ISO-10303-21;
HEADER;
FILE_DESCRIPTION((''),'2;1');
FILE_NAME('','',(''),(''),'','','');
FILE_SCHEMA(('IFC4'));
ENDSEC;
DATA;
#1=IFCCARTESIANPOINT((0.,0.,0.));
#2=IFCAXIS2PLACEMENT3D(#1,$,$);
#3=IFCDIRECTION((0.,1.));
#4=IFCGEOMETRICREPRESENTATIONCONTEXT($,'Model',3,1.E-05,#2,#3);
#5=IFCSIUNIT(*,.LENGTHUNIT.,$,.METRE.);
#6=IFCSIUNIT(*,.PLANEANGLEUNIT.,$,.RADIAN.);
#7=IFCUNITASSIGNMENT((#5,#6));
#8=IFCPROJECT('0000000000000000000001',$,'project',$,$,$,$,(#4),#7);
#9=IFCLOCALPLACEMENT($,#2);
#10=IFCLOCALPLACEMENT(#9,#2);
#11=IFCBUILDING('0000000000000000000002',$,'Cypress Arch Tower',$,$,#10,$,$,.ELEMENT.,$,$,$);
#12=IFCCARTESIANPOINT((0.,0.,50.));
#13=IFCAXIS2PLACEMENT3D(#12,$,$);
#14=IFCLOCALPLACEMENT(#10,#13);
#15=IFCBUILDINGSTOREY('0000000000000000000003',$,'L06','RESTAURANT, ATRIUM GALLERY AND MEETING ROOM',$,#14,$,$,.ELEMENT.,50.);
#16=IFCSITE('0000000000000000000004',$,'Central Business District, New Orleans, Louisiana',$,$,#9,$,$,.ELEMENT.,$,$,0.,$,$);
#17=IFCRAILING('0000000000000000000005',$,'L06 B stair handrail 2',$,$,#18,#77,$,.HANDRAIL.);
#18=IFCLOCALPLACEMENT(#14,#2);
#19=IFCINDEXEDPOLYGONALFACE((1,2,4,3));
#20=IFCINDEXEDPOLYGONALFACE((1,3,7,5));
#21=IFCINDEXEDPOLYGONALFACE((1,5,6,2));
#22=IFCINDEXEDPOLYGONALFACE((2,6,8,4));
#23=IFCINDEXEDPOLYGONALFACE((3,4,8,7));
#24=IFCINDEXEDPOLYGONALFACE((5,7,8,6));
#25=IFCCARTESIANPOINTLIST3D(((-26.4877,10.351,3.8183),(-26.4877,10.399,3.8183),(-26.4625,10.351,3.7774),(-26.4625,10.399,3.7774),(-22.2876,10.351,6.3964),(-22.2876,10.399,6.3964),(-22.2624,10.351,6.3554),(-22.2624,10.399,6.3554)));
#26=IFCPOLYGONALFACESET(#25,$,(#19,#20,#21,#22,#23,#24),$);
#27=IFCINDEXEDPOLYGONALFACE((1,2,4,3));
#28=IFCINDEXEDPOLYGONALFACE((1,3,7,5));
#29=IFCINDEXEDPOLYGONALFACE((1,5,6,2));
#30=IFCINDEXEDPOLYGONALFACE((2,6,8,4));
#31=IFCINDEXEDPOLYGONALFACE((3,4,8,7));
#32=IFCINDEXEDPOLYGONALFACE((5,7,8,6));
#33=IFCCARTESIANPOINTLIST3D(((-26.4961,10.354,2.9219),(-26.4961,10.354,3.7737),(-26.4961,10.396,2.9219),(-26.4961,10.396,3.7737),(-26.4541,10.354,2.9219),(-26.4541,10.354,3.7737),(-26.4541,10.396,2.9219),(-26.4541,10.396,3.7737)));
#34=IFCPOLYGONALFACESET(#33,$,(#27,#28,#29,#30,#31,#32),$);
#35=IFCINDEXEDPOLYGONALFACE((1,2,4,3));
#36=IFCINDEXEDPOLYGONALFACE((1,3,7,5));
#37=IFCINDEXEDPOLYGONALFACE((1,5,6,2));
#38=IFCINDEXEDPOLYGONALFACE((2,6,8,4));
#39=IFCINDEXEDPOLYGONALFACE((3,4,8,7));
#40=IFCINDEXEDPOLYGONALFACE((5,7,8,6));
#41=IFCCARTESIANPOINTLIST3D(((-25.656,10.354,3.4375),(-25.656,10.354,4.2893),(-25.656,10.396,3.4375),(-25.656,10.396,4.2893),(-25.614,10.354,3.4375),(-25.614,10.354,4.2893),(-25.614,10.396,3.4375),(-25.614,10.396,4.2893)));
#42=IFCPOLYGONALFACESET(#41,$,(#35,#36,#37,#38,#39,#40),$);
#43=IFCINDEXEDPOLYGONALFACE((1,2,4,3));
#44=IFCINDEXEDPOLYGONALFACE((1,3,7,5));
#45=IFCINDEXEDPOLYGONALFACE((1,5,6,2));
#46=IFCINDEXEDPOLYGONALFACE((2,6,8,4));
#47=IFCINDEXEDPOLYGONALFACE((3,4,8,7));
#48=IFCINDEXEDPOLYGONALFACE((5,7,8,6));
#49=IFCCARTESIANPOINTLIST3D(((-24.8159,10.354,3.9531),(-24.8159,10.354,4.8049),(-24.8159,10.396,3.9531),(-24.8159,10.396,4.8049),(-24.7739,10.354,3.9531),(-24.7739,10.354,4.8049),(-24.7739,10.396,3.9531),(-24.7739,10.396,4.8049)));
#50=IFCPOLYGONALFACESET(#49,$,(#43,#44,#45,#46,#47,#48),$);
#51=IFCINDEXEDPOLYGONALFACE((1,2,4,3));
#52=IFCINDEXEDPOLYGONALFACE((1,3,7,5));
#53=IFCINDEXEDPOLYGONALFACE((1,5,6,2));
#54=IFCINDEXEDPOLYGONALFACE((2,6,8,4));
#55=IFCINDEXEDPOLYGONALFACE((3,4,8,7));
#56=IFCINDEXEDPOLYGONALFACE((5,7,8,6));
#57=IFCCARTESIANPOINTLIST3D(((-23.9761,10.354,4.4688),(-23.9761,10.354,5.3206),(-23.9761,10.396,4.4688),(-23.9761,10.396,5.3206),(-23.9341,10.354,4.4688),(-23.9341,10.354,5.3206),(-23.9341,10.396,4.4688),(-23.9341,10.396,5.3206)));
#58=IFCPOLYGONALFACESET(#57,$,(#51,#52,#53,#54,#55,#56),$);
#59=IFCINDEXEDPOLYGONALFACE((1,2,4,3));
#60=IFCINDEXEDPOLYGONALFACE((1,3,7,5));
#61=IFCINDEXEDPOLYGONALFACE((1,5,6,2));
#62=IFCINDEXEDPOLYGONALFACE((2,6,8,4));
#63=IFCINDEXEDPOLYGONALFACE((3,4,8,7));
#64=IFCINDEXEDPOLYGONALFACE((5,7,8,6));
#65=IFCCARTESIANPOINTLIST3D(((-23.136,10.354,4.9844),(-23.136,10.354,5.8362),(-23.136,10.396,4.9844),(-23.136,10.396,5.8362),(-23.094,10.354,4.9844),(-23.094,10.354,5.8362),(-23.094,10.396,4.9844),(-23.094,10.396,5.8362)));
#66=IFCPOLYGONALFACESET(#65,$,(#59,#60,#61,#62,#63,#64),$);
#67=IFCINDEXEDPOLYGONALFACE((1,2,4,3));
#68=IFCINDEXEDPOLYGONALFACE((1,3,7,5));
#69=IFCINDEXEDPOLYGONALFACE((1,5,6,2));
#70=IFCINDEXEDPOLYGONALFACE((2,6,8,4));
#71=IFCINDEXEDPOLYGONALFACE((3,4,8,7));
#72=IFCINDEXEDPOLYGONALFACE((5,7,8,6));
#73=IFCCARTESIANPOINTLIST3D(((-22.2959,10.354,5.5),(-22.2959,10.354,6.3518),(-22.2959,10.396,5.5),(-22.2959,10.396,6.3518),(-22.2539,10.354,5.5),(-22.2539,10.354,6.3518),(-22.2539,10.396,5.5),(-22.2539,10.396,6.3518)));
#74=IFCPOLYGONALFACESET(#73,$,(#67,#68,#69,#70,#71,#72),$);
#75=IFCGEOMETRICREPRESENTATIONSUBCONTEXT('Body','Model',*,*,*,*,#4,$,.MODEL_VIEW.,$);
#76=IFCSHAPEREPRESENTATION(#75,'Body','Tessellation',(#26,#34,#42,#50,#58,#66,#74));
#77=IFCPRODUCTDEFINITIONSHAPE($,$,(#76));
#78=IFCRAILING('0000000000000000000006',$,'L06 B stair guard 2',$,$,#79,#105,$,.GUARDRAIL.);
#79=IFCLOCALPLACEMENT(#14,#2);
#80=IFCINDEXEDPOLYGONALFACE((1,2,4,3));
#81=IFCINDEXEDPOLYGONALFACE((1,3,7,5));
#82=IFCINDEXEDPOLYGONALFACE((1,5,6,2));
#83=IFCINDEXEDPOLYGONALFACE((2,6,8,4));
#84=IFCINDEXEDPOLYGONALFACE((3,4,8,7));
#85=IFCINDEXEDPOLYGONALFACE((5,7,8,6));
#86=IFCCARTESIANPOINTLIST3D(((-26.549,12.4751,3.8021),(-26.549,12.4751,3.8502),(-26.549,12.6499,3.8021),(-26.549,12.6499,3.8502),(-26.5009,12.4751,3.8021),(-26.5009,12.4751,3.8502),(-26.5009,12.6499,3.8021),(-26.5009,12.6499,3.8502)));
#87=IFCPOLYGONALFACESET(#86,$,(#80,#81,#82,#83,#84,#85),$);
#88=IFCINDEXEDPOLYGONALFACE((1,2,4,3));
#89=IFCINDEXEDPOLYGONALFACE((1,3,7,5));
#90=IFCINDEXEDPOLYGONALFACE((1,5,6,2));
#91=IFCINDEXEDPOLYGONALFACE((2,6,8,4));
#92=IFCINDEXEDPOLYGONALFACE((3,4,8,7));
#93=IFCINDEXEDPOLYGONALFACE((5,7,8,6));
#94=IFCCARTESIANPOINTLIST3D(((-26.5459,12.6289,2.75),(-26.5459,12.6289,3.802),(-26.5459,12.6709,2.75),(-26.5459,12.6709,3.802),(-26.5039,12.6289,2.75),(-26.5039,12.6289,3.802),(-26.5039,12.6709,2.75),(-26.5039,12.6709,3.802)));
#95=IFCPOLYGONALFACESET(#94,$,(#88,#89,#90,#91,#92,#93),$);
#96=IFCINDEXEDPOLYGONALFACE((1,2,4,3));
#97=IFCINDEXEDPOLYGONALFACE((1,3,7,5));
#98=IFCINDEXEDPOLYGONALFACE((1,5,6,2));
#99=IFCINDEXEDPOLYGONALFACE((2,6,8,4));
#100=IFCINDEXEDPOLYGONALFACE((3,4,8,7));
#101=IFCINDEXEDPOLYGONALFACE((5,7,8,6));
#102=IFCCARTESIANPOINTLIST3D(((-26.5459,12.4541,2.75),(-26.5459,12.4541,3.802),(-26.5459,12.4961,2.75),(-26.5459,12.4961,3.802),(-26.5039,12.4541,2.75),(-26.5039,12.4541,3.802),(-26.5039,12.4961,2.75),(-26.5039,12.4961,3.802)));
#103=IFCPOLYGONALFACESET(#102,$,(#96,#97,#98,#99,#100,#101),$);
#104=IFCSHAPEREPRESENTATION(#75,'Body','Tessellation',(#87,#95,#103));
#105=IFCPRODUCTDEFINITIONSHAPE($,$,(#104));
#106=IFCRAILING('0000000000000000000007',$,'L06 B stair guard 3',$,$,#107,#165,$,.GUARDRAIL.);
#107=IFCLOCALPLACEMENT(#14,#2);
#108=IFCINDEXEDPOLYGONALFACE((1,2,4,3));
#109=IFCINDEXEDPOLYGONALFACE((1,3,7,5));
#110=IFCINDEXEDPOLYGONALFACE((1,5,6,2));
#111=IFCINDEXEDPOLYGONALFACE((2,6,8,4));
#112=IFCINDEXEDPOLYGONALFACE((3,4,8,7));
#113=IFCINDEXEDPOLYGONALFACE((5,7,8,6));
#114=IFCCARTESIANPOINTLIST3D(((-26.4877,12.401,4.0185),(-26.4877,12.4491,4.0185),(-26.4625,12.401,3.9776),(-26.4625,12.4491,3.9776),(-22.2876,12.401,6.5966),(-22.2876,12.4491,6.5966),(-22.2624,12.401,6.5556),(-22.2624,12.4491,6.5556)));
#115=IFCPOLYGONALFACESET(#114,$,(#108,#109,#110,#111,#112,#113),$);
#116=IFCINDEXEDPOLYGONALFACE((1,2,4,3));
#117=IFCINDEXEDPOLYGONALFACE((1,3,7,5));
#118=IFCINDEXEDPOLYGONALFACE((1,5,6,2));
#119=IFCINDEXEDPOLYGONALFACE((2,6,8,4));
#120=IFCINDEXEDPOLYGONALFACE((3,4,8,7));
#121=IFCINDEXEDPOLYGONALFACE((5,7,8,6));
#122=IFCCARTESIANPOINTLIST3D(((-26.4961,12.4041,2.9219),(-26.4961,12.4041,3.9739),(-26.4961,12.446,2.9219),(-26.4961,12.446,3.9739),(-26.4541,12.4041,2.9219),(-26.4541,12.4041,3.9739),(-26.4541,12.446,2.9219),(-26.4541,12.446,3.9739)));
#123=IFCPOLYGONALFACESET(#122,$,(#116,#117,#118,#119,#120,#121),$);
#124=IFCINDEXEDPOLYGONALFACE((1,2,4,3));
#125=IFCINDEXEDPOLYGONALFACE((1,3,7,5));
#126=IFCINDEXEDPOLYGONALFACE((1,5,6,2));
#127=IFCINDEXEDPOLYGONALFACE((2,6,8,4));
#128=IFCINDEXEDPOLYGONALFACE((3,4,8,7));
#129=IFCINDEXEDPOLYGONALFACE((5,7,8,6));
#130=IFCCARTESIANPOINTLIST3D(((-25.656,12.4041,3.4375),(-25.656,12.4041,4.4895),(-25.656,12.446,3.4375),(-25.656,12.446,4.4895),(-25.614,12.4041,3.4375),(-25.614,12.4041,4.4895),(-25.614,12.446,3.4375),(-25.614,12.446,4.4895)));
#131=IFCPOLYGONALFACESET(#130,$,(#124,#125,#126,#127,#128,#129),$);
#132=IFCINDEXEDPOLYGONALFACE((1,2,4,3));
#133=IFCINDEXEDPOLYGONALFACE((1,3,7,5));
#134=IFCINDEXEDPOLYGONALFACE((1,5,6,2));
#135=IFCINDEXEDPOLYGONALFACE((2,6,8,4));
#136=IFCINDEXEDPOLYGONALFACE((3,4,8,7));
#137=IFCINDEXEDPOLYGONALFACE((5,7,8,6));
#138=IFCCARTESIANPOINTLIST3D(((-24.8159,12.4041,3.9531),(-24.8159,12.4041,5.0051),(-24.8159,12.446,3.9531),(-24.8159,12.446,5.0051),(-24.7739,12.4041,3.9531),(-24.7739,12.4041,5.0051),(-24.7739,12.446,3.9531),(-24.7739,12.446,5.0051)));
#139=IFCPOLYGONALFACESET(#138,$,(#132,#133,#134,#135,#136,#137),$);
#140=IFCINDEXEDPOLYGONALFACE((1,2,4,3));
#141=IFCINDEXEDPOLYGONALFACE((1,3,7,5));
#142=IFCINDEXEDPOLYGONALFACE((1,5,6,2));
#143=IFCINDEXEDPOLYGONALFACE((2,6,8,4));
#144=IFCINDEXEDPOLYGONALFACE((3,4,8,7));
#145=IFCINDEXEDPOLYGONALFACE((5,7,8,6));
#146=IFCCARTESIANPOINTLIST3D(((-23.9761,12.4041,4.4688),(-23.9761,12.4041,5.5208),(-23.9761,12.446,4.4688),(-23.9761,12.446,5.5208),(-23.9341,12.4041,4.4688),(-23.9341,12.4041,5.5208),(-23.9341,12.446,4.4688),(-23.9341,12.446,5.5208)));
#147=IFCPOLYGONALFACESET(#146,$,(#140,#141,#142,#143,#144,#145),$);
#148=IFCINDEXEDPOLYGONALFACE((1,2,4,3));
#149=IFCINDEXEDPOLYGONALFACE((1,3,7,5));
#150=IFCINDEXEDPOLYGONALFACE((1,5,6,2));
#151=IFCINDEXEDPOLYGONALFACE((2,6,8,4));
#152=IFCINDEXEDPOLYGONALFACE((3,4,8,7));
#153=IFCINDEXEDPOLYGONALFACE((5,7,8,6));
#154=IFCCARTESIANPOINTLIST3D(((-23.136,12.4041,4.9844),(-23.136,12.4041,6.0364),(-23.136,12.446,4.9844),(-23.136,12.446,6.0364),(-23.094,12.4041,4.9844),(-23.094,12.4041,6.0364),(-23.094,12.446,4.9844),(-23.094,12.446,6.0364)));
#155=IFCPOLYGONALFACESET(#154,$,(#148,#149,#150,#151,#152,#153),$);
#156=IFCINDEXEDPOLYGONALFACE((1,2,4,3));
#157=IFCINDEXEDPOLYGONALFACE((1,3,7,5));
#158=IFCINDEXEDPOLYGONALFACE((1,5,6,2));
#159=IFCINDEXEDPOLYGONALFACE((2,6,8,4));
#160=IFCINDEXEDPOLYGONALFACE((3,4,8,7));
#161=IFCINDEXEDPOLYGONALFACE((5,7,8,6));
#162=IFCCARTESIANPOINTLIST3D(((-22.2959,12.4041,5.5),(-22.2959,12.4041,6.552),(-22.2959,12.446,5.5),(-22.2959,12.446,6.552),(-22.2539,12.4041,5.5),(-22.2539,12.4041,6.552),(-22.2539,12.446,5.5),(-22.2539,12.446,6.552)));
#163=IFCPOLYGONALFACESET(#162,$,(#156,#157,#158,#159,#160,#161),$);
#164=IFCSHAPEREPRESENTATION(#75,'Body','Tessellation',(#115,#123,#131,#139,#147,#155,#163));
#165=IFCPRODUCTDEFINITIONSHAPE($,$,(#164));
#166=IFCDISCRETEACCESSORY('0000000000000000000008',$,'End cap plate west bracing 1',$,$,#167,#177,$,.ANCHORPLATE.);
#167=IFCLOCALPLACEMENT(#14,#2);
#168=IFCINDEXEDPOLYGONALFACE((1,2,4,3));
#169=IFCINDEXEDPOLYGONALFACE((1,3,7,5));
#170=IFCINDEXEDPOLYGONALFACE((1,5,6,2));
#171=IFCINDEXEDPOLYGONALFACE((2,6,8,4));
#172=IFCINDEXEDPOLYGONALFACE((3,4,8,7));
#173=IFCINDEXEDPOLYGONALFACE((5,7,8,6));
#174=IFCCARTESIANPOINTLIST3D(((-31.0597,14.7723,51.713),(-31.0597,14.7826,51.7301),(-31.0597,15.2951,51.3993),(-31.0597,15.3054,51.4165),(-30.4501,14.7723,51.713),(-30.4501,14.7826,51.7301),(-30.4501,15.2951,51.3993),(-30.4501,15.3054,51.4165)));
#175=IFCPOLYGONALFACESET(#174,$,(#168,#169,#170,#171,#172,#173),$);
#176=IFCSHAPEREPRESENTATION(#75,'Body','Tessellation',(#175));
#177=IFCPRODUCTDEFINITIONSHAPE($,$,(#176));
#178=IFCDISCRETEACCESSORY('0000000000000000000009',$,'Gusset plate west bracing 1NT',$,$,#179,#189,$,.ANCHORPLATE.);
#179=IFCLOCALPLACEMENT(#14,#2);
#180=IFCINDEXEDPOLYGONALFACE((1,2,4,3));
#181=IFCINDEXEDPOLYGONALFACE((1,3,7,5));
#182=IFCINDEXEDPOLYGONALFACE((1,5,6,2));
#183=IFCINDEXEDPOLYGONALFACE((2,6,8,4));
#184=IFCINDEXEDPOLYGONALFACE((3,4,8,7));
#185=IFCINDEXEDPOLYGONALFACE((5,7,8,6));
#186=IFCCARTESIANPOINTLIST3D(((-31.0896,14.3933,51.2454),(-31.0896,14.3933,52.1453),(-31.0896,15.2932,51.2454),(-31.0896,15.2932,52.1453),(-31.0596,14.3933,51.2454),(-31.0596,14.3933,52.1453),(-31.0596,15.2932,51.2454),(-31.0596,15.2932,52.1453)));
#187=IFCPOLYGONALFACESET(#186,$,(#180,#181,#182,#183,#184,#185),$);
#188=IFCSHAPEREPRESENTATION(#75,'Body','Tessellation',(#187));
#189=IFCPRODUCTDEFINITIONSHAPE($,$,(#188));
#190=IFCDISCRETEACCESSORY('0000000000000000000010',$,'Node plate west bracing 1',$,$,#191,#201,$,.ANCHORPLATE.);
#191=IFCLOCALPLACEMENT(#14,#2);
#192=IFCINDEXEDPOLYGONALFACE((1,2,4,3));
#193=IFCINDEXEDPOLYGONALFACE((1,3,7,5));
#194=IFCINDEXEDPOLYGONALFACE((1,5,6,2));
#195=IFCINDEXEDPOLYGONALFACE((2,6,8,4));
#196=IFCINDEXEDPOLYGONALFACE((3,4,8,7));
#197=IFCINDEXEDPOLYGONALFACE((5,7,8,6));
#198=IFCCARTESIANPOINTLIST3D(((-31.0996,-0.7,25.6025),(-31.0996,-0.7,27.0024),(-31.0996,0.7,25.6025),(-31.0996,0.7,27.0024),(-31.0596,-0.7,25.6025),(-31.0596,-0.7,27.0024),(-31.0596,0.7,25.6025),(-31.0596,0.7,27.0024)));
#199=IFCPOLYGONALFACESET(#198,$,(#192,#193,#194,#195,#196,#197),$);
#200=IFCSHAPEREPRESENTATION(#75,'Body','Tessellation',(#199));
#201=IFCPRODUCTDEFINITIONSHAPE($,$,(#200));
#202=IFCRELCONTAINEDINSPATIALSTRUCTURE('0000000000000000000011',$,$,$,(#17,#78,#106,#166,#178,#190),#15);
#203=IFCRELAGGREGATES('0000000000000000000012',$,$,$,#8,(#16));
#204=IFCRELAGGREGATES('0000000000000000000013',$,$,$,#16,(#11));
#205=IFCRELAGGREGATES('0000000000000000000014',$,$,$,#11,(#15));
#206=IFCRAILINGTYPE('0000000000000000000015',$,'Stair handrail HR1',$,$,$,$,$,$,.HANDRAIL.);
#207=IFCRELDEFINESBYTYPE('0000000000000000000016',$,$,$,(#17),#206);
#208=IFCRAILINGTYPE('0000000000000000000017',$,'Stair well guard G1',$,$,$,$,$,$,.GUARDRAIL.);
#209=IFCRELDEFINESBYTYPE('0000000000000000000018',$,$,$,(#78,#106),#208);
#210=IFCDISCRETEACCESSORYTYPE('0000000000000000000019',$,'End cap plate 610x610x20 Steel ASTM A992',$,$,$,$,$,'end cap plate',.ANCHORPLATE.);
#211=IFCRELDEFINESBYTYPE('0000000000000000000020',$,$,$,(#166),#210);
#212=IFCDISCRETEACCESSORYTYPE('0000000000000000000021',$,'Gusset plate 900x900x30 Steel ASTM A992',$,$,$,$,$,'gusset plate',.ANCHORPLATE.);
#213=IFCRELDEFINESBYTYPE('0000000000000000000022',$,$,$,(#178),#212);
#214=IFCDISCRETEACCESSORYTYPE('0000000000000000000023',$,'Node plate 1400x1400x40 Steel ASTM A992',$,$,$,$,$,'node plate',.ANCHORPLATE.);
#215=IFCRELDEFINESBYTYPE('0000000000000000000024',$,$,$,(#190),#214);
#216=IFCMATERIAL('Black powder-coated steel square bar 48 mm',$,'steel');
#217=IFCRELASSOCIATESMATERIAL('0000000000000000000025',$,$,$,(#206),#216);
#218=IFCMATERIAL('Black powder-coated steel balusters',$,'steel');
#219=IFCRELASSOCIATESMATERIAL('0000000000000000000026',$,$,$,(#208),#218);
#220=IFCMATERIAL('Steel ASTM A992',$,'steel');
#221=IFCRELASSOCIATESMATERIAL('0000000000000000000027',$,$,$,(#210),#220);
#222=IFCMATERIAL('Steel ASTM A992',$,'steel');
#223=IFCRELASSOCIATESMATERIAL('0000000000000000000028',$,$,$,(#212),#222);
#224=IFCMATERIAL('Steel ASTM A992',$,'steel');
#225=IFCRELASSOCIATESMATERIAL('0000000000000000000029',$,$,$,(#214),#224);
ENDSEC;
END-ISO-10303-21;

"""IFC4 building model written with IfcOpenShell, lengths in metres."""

from ifc_helpers import new_model, si_unit, direction, frame, origin, origin_2d, place, context, subcontext, project, spatial, rectangle, extrude, material, material_profile, profile_set, type_object, element, save


model = new_model("IFC4")

# Units and contexts
model_context = context("Model", 3, precision=1e-05, world=origin(), true_north=direction((0.0, 1.0)))
body_context = subcontext(model_context, "Body", "Model", "MODEL_VIEW")
ifc_project = project(units=[si_unit("LENGTHUNIT", "METRE"), si_unit("PLANEANGLEUNIT", "RADIAN")], contexts=[model_context])

# Site, building, storey
site_placement = place(None, origin())
site = spatial("IfcSite", under=ifc_project, at=site_placement, Name="Central Business District, New Orleans, Louisiana", CompositionType="ELEMENT", RefElevation=0.0)
building_placement = place(site_placement, origin())
building = spatial("IfcBuilding", under=site, at=building_placement, Name="Cypress Arch Tower", CompositionType="ELEMENT")
storey_placement = place(building_placement, frame((0.0, 0.0, 50.0)))
storey = spatial("IfcBuildingStorey", under=building, at=storey_placement, Name="L06", Description="RESTAURANT, ATRIUM GALLERY AND MEETING ROOM", CompositionType="ELEMENT", Elevation=50.0)

# Railings
ifc_material_1 = material(Name="Black powder-coated steel square bar 48 mm", Category="steel")
railing_type_1 = type_object("IfcRailingType", Name="Stair handrail HR1", PredefinedType="HANDRAIL", material=ifc_material_1)
railing_1_placement = place(storey_placement, frame((-26.4751, 10.375, 2.9219)))
element("IfcRailing", 1, at=railing_1_placement, inside=storey, type_object=railing_type_1, Name="L06 B stair handrail 2", PredefinedType="HANDRAIL", context=body_context, shape_type="SweptSolid", body=[
    extrude(rectangle(XDim=0.0481, YDim=0.0481, at=origin_2d()), frame((0.0, 0.0, 0.876), z_axis=(0.852256, 0.0, 0.523124), x_axis=(0.0, 1.0, 0.0)), (0.0, 0.0, 1.0), 4.9282),
    extrude(rectangle(XDim=0.042, YDim=0.042, at=origin_2d()), origin(), (0.0, 0.0, 1.0), 0.8518),
    extrude(rectangle(XDim=0.042, YDim=0.042, at=origin_2d()), frame((0.8401, 0.0, 0.5156)), (0.0, 0.0, 1.0), 0.8518),
    extrude(rectangle(XDim=0.042, YDim=0.042, at=origin_2d()), frame((1.6802, 0.0, 1.0312)), (0.0, 0.0, 1.0), 0.8518),
    extrude(rectangle(XDim=0.042, YDim=0.042, at=origin_2d()), frame((2.52, 0.0, 1.5469)), (0.0, 0.0, 1.0), 0.8518),
    extrude(rectangle(XDim=0.042, YDim=0.042, at=origin_2d()), frame((3.3601, 0.0, 2.0625)), (0.0, 0.0, 1.0), 0.8518),
    extrude(rectangle(XDim=0.042, YDim=0.042, at=origin_2d()), frame((4.2002, 0.0, 2.5781)), (0.0, 0.0, 1.0), 0.8518),
])
ifc_material_2 = material(Name="Black powder-coated steel balusters", Category="steel")
railing_type_2 = type_object("IfcRailingType", Name="Stair well guard G1", PredefinedType="GUARDRAIL", material=ifc_material_2)
railing_2_placement = place(storey_placement, frame((-26.5249, 12.6499, 2.75)))
element("IfcRailing", 2, at=railing_2_placement, inside=storey, type_object=railing_type_2, Name="L06 B stair guard 2", PredefinedType="GUARDRAIL", context=body_context, shape_type="SweptSolid", body=[
    extrude(rectangle(XDim=0.0481, YDim=0.0481, at=origin_2d()), frame((0.0, 0.0, 1.0762), z_axis=(0.0, -1.0, 0.0), x_axis=(1.0, 0.0, 0.0)), (0.0, 0.0, 1.0), 0.1748),
    extrude(rectangle(XDim=0.042, YDim=0.042, at=origin_2d()), origin(), (0.0, 0.0, 1.0), 1.052),
    extrude(rectangle(XDim=0.042, YDim=0.042, at=origin_2d()), frame((0.0, -0.1748, 0.0)), (0.0, 0.0, 1.0), 1.052),
])
railing_3_placement = place(storey_placement, frame((-26.4751, 12.425, 2.9219)))
element("IfcRailing", 3, at=railing_3_placement, inside=storey, type_object=railing_type_2, Name="L06 B stair guard 3", PredefinedType="GUARDRAIL", context=body_context, shape_type="SweptSolid", body=[
    extrude(rectangle(XDim=0.0481, YDim=0.0481, at=origin_2d()), frame((0.0, 0.0, 1.0762), z_axis=(0.852256, 0.0, 0.523124), x_axis=(0.0, 1.0, 0.0)), (0.0, 0.0, 1.0), 4.9282),
    extrude(rectangle(XDim=0.042, YDim=0.042, at=origin_2d()), origin(), (0.0, 0.0, 1.0), 1.052),
    extrude(rectangle(XDim=0.042, YDim=0.042, at=origin_2d()), frame((0.8401, 0.0, 0.5156)), (0.0, 0.0, 1.0), 1.052),
    extrude(rectangle(XDim=0.042, YDim=0.042, at=origin_2d()), frame((1.6802, 0.0, 1.0312)), (0.0, 0.0, 1.0), 1.052),
    extrude(rectangle(XDim=0.042, YDim=0.042, at=origin_2d()), frame((2.52, 0.0, 1.5469)), (0.0, 0.0, 1.0), 1.052),
    extrude(rectangle(XDim=0.042, YDim=0.042, at=origin_2d()), frame((3.3601, 0.0, 2.0625)), (0.0, 0.0, 1.0), 1.052),
    extrude(rectangle(XDim=0.042, YDim=0.042, at=origin_2d()), frame((4.2002, 0.0, 2.5781)), (0.0, 0.0, 1.0), 1.052),
])

# Discrete accessories
ifc_material_3 = material(Name="Steel ASTM A992", Category="steel")
ifc_material_profile_1 = material_profile(ifc_material_3, rectangle(XDim=0.6096, YDim=0.6096, at=origin_2d()), Name="PL 20 610x610")
ifc_profile_set_1 = profile_set([ifc_material_profile_1], Name="Steel ASTM A992")
discrete_accessory_type_1 = type_object("IfcDiscreteAccessoryType", Name="End cap plate 610x610x20 Steel ASTM A992", ElementType="end cap plate", PredefinedType="ANCHORPLATE", material=ifc_profile_set_1)
discrete_accessory_1_placement = place(storey_placement, frame((-30.7549, 15.0337, 51.5562), z_axis=(0.0, 0.514496, 0.857493), x_axis=(-1.0, 0.0, 0.0)))
element("IfcDiscreteAccessory", 4, at=discrete_accessory_1_placement, inside=storey, type_object=discrete_accessory_type_1, Name="End cap plate west bracing 1", PredefinedType="ANCHORPLATE", context=body_context, shape_type="SweptSolid", body=[
    extrude(rectangle(XDim=0.6096, YDim=0.6096, at=origin_2d()), origin(), (0.0, 0.0, 1.0), 0.02),
])
ifc_material_4 = material(Name="Steel ASTM A992", Category="steel")
ifc_material_profile_2 = material_profile(ifc_material_4, rectangle(XDim=0.8999, YDim=0.8999, at=origin_2d()), Name="PL 30 900x900")
ifc_profile_set_2 = profile_set([ifc_material_profile_2], Name="Steel ASTM A992")
discrete_accessory_type_2 = type_object("IfcDiscreteAccessoryType", Name="Gusset plate 900x900x30 Steel ASTM A992", ElementType="gusset plate", PredefinedType="ANCHORPLATE", material=ifc_profile_set_2)
discrete_accessory_2_placement = place(storey_placement, frame((-31.0596, 14.8433, 51.6953), z_axis=(-1.0, 0.0, 0.0), x_axis=(0.0, -1.0, 0.0)))
element("IfcDiscreteAccessory", 5, at=discrete_accessory_2_placement, inside=storey, type_object=discrete_accessory_type_2, Name="Gusset plate west bracing 1NT", PredefinedType="ANCHORPLATE", context=body_context, shape_type="SweptSolid", body=[
    extrude(rectangle(XDim=0.8999, YDim=0.8999, at=origin_2d()), origin(), (0.0, 0.0, 1.0), 0.03),
])
ifc_material_5 = material(Name="Steel ASTM A992", Category="steel")
ifc_material_profile_3 = material_profile(ifc_material_5, rectangle(XDim=1.3999, YDim=1.3999, at=origin_2d()), Name="PL 40 1400x1400")
ifc_profile_set_3 = profile_set([ifc_material_profile_3], Name="Steel ASTM A992")
discrete_accessory_type_3 = type_object("IfcDiscreteAccessoryType", Name="Node plate 1400x1400x40 Steel ASTM A992", ElementType="node plate", PredefinedType="ANCHORPLATE", material=ifc_profile_set_3)
discrete_accessory_3_placement = place(storey_placement, frame((-31.0596, 0.0, 26.3025), z_axis=(-1.0, 0.0, 0.0), x_axis=(0.0, -1.0, 0.0)))
element("IfcDiscreteAccessory", 6, at=discrete_accessory_3_placement, inside=storey, type_object=discrete_accessory_type_3, Name="Node plate west bracing 1", PredefinedType="ANCHORPLATE", context=body_context, shape_type="SweptSolid", body=[
    extrude(rectangle(XDim=1.3999, YDim=1.3999, at=origin_2d()), origin(), (0.0, 0.0, 1.0), 0.04),
])

save(model, "model.ifc")
